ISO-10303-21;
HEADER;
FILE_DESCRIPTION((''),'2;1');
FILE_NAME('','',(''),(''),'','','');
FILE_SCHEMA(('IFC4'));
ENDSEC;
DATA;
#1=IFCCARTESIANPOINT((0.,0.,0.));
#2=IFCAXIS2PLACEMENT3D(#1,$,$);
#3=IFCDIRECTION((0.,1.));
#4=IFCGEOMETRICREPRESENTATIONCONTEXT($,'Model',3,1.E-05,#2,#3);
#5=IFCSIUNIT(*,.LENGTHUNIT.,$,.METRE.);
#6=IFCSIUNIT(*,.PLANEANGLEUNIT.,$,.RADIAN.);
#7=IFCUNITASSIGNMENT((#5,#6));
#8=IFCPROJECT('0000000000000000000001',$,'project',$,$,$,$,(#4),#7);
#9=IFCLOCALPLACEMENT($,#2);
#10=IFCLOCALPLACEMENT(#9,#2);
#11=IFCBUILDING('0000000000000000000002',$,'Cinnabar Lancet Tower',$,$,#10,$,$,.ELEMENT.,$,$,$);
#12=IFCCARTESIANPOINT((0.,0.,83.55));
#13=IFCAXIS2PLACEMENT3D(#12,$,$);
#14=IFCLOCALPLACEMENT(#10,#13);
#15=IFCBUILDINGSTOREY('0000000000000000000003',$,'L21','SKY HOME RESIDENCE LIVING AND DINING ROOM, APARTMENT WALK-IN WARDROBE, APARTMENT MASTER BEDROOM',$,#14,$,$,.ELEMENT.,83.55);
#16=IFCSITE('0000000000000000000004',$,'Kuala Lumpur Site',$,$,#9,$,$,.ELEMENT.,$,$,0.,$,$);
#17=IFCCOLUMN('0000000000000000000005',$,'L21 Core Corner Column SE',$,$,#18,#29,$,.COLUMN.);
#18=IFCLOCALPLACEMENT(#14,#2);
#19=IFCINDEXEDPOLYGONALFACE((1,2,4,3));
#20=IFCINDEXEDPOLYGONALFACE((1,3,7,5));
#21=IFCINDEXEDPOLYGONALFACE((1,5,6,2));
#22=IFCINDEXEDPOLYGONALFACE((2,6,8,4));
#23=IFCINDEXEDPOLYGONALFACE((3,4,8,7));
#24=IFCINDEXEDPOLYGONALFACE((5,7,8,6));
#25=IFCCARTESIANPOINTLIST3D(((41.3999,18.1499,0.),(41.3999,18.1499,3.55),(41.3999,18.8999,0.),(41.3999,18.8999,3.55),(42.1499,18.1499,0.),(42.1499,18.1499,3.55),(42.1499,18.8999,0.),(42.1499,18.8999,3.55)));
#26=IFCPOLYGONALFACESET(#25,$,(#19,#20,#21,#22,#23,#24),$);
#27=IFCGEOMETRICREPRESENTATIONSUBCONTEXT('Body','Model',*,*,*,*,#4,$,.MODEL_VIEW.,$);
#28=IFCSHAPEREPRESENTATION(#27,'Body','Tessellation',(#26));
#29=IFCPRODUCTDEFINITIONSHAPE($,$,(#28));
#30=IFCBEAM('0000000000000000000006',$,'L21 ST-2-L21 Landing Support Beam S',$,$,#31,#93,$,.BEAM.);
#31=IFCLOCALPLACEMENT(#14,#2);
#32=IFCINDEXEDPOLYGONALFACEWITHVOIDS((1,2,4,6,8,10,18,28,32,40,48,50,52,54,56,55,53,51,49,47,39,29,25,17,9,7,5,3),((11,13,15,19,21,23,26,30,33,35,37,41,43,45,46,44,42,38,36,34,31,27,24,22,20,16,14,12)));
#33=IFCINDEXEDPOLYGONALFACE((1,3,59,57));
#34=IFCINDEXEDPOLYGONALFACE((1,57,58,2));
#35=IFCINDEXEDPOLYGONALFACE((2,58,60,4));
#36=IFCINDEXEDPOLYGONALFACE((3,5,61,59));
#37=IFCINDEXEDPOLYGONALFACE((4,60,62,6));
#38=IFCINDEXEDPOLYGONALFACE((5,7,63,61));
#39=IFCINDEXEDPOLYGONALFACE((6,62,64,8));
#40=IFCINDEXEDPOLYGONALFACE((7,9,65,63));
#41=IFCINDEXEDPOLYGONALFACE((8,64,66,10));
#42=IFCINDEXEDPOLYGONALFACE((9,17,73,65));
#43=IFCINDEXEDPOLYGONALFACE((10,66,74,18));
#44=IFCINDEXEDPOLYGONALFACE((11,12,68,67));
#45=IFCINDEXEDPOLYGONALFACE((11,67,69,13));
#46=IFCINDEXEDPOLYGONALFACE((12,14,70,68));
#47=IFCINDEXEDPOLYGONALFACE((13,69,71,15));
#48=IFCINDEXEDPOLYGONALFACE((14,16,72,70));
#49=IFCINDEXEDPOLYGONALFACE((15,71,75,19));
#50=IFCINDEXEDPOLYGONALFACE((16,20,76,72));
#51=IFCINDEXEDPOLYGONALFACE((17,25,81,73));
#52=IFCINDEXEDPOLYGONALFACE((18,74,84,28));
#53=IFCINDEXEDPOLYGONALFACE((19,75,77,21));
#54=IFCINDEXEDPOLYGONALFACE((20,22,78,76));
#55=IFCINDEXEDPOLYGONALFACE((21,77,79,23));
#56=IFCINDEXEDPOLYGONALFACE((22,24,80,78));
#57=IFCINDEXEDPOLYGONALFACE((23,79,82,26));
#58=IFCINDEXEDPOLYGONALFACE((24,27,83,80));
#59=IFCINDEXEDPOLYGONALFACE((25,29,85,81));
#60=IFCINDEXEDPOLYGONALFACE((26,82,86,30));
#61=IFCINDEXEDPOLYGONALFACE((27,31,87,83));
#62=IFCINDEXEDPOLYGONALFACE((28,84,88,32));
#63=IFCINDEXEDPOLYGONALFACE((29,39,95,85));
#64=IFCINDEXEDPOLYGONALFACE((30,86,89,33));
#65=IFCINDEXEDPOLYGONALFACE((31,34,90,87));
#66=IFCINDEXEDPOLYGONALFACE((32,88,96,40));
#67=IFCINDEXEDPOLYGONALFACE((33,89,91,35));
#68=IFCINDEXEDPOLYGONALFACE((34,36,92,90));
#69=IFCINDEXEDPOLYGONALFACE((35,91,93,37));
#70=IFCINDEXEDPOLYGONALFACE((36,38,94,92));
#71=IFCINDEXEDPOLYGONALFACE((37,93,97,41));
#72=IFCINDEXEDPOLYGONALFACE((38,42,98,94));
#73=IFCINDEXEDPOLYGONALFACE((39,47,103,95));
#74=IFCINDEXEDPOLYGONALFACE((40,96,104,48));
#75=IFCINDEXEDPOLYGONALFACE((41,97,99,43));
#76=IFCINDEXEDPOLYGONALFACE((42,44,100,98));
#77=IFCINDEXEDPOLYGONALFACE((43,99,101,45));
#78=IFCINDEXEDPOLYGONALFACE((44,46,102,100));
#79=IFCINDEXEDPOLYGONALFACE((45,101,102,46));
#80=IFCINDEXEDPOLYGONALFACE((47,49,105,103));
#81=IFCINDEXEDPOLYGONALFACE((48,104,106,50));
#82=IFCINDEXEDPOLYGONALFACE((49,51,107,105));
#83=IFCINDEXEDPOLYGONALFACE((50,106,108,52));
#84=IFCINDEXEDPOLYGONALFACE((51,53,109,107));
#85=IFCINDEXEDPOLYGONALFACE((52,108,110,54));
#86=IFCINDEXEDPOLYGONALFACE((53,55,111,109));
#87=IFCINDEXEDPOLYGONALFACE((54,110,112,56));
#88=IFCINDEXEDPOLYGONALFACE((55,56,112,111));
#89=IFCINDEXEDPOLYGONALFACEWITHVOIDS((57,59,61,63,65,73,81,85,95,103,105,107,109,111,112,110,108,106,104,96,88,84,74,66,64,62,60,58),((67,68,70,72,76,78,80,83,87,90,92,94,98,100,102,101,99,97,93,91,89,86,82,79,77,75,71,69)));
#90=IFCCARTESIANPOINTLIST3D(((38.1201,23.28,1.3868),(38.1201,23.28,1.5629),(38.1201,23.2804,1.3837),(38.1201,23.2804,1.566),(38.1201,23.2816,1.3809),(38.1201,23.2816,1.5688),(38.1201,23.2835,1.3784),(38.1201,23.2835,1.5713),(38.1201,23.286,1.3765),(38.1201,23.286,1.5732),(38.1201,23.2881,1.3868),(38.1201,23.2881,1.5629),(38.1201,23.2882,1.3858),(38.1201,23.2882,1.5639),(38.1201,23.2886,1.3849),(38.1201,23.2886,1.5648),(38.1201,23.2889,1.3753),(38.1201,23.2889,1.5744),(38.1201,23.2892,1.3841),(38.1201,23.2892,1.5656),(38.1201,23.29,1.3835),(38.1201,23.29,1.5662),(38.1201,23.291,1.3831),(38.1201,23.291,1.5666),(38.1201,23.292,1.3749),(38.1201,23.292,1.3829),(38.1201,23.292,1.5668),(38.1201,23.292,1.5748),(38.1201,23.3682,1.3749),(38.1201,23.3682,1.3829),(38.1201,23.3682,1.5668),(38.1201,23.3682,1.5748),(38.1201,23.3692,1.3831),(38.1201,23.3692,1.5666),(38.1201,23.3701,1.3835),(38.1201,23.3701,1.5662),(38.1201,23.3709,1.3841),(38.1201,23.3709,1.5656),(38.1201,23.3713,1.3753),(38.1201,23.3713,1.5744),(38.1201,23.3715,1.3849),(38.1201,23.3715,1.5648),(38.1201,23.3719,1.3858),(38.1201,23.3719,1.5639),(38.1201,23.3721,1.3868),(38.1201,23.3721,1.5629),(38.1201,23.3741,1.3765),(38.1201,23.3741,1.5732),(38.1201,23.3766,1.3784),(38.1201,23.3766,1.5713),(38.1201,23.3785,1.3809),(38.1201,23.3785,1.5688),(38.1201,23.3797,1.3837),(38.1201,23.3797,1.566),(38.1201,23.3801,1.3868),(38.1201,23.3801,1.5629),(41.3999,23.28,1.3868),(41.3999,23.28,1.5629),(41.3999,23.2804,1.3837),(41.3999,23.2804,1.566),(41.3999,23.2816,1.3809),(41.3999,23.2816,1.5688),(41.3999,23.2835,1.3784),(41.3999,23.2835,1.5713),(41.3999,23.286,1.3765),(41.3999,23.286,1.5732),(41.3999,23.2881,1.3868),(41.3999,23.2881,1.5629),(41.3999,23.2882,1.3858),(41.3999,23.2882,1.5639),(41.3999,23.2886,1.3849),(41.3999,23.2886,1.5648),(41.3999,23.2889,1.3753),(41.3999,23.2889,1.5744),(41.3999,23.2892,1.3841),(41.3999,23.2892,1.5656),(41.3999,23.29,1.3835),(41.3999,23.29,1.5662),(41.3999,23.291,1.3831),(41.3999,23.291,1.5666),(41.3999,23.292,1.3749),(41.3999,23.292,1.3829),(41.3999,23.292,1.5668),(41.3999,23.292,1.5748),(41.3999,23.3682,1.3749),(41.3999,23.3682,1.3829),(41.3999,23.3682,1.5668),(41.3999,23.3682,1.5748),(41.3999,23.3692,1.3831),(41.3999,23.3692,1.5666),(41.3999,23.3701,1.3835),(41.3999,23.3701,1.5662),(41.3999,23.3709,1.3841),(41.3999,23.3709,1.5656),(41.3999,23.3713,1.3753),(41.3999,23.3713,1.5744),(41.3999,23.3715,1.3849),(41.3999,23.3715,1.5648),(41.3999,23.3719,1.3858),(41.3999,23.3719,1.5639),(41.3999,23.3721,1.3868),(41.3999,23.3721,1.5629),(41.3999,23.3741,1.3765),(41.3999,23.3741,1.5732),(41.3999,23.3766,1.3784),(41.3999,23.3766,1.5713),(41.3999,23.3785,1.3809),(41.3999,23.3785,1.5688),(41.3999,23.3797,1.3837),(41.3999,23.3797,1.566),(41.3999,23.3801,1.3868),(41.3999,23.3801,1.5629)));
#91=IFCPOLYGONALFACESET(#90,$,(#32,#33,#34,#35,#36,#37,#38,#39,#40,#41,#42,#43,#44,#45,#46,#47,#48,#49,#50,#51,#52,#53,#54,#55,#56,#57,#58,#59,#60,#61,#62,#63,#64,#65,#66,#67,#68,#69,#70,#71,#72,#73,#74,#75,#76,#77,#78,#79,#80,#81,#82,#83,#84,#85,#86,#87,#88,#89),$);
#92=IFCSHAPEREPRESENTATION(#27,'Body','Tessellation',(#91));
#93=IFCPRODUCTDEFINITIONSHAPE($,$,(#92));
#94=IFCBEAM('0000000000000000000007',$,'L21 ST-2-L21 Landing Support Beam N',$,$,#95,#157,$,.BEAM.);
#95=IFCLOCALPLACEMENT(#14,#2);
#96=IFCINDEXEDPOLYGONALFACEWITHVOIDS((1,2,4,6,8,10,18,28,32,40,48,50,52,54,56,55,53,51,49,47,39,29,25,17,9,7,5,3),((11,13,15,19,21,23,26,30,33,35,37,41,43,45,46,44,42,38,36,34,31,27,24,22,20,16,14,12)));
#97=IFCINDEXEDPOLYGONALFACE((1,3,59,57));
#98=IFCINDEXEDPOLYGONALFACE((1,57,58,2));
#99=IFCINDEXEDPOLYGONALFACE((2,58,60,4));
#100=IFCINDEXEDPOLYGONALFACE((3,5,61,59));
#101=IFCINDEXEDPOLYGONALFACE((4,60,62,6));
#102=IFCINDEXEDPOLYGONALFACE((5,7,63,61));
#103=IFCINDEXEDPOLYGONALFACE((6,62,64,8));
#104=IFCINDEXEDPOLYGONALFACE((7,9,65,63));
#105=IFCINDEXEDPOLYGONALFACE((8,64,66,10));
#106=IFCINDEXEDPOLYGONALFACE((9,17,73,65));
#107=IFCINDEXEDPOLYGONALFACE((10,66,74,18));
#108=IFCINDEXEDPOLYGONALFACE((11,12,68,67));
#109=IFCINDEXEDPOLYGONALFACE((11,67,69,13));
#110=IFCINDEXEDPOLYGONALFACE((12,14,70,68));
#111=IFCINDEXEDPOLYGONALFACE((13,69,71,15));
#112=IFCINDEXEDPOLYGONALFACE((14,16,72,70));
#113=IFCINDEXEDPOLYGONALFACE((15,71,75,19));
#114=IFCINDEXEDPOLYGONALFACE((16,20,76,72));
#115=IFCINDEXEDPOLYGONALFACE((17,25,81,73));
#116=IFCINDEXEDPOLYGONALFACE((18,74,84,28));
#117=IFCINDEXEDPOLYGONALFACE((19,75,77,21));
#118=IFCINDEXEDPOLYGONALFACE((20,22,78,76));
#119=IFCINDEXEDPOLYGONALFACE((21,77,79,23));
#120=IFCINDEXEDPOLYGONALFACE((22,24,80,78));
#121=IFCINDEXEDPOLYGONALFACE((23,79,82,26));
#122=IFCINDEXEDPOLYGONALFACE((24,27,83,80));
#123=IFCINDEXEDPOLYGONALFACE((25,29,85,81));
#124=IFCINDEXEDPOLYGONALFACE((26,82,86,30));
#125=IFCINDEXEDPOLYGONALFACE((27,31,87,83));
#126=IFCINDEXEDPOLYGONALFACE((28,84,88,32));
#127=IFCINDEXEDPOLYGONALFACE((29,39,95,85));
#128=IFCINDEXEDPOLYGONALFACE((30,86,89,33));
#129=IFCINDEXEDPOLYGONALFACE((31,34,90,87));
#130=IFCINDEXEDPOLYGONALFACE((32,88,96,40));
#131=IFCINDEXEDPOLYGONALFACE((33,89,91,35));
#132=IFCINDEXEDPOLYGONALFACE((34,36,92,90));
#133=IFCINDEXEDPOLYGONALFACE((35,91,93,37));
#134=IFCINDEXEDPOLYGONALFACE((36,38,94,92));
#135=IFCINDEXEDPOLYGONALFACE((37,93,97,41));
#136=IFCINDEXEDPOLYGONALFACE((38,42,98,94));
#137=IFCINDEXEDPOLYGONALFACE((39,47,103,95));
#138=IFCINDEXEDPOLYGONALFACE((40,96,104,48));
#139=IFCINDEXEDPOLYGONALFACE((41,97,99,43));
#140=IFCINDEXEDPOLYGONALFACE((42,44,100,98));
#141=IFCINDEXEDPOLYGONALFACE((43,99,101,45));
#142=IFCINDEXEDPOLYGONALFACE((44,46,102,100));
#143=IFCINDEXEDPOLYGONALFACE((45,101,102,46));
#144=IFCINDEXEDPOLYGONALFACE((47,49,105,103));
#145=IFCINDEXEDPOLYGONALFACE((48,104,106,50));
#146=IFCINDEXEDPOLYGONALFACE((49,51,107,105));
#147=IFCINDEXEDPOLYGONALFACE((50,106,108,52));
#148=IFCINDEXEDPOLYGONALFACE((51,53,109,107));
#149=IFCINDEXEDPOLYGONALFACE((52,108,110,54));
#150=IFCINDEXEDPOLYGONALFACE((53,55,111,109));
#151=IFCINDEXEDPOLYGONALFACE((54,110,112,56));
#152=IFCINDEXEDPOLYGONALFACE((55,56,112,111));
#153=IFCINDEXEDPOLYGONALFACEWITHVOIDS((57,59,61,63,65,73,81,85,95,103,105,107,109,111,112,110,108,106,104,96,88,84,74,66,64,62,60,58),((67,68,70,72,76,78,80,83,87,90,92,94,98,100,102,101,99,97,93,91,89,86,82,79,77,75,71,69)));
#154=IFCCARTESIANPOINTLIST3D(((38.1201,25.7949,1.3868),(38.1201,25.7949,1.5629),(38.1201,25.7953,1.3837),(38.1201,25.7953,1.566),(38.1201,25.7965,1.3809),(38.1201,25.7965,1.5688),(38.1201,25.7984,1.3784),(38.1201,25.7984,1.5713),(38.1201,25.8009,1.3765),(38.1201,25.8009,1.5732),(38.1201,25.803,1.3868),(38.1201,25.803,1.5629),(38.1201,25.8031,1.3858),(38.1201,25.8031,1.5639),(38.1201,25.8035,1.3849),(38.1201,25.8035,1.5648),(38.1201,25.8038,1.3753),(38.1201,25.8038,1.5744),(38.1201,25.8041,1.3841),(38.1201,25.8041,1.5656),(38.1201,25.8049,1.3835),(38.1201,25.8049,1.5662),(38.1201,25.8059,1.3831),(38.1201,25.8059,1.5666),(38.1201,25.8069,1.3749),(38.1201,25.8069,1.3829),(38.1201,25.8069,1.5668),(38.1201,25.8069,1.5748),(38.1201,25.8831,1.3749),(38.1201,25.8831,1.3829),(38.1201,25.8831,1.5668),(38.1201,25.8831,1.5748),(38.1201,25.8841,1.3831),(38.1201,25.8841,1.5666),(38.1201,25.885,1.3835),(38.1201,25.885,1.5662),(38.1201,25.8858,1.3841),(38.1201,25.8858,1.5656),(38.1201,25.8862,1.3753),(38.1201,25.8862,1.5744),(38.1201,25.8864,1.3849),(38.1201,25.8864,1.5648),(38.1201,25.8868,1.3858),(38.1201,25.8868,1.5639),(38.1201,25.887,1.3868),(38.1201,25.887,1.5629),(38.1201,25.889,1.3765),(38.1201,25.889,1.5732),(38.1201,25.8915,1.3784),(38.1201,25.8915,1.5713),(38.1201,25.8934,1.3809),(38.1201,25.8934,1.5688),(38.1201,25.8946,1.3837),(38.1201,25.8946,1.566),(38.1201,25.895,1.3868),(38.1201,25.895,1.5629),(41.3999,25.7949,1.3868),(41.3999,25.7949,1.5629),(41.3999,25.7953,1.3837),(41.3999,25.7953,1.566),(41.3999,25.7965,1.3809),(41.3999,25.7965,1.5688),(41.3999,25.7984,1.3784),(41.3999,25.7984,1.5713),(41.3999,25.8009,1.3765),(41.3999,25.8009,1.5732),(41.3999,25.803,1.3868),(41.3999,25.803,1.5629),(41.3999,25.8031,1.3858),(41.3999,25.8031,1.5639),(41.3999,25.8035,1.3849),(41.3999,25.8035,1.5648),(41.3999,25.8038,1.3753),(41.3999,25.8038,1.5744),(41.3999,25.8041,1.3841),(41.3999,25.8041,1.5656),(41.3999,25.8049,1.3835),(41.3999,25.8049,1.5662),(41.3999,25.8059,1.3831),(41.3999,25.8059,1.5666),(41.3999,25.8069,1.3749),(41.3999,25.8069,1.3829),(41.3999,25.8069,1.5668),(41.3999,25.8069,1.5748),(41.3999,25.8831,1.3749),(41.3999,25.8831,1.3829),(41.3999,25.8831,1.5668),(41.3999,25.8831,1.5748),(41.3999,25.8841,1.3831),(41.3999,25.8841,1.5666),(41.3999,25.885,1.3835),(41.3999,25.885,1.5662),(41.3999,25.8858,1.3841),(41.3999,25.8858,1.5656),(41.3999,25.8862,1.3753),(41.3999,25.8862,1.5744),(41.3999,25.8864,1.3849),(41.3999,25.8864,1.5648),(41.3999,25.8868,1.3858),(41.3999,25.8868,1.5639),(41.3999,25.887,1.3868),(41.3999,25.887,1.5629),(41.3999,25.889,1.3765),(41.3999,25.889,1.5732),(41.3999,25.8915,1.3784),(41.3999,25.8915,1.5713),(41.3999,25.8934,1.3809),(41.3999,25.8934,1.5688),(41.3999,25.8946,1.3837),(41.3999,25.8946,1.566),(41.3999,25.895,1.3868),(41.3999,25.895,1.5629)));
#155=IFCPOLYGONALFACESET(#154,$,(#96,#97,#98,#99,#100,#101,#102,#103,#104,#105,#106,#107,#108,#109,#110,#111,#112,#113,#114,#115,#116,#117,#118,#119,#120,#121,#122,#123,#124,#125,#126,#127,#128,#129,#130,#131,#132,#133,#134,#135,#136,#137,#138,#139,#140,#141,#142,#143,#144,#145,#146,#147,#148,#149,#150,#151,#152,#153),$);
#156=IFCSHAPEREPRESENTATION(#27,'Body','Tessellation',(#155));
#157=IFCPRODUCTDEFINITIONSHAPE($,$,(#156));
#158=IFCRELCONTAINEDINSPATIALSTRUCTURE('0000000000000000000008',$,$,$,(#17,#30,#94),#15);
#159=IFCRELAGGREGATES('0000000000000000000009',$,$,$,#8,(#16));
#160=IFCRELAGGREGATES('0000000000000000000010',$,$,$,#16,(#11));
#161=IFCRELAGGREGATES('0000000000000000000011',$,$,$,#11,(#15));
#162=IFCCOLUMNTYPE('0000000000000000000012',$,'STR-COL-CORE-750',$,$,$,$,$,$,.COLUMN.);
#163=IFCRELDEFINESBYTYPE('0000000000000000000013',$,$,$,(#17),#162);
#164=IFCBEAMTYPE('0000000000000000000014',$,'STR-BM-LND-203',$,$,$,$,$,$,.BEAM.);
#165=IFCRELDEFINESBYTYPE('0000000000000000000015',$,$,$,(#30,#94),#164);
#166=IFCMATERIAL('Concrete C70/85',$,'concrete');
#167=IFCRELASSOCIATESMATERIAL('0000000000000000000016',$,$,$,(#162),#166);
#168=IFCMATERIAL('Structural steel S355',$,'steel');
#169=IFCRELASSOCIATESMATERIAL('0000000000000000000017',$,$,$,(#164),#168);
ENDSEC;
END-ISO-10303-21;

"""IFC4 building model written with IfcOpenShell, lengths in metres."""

from ifc_helpers import new_model, si_unit, direction, frame, origin, origin_2d, place, context, subcontext, project, spatial, rectangle, hollow_rectangle, extrude, material, material_profile, profile_set, type_object, element, save


model = new_model("IFC4")

# Units and contexts
model_context = context("Model", 3, precision=1e-05, world=origin(), true_north=direction((0.0, 1.0)))
body_context = subcontext(model_context, "Body", "Model", "MODEL_VIEW")
ifc_project = project(units=[si_unit("LENGTHUNIT", "METRE"), si_unit("PLANEANGLEUNIT", "RADIAN")], contexts=[model_context])

# Site, building, storey
site_placement = place(None, origin())
site = spatial("IfcSite", under=ifc_project, at=site_placement, Name="Kuala Lumpur Site", CompositionType="ELEMENT", RefElevation=0.0)
building_placement = place(site_placement, origin())
building = spatial("IfcBuilding", under=site, at=building_placement, Name="Cinnabar Lancet Tower", CompositionType="ELEMENT")
storey_placement = place(building_placement, frame((0.0, 0.0, 83.55)))
storey = spatial("IfcBuildingStorey", under=building, at=storey_placement, Name="L21", Description="SKY HOME RESIDENCE LIVING AND DINING ROOM, APARTMENT WALK-IN WARDROBE, APARTMENT MASTER BEDROOM", CompositionType="ELEMENT", Elevation=83.55)

# Column
ifc_material_1 = material(Name="Concrete C70/85", Category="concrete")
ifc_material_profile_1 = material_profile(ifc_material_1, rectangle(XDim=0.75, YDim=0.75, at=origin_2d()), Name="RC-COL 750x750")
ifc_profile_set_1 = profile_set([ifc_material_profile_1], Name="Concrete C70/85")
column_type = type_object("IfcColumnType", Name="STR-COL-CORE-750", PredefinedType="COLUMN", material=ifc_profile_set_1)
column_placement = place(storey_placement, frame((41.7749, 18.5249, 0.0), z_axis=(0.0, 0.0, 1.0), x_axis=(1.0, 0.0, 0.0)))
element("IfcColumn", 1, at=column_placement, inside=storey, type_object=column_type, Name="L21 Core Corner Column SE", PredefinedType="COLUMN", context=body_context, shape_type="SweptSolid", body=[
    extrude(rectangle(XDim=0.75, YDim=0.75, at=origin_2d()), origin(), (0.0, 0.0, 1.0), 3.55),
])

# Beams
ifc_material_2 = material(Name="Structural steel S355", Category="steel")
ifc_material_profile_2 = material_profile(ifc_material_2, hollow_rectangle(XDim=0.1001, YDim=0.2, WallThickness=0.0081, InnerFilletRadius=0.0039, OuterFilletRadius=0.012, at=origin_2d()), Name="RHS 200x100x8")
ifc_profile_set_2 = profile_set([ifc_material_profile_2], Name="Structural steel S355")
beam_type = type_object("IfcBeamType", Name="STR-BM-LND-203", PredefinedType="BEAM", material=ifc_profile_set_2)
for number, where, z_axis, x_axis, name in (
    (2, (38.1201, 23.3301, 1.4749), (1.0, 0.0, 0.0), (0.0, 1.0, 0.0), "L21 ST-2-L21 Landing Support Beam S"),
    (3, (38.1201, 25.845, 1.4749), (1.0, 0.0, 0.0), (0.0, 1.0, 0.0), "L21 ST-2-L21 Landing Support Beam N"),
):
    element("IfcBeam", number, at=place(storey_placement, frame(where, z_axis=z_axis, x_axis=x_axis)), inside=storey, type_object=beam_type, Name=name, PredefinedType="BEAM", context=body_context, shape_type="SweptSolid", body=[
        extrude(hollow_rectangle(XDim=0.1001, YDim=0.2, WallThickness=0.0081, InnerFilletRadius=0.0039, OuterFilletRadius=0.012, at=origin_2d()), origin(), (0.0, 0.0, 1.0), 3.2798),
    ])

save(model, "model.ifc")
